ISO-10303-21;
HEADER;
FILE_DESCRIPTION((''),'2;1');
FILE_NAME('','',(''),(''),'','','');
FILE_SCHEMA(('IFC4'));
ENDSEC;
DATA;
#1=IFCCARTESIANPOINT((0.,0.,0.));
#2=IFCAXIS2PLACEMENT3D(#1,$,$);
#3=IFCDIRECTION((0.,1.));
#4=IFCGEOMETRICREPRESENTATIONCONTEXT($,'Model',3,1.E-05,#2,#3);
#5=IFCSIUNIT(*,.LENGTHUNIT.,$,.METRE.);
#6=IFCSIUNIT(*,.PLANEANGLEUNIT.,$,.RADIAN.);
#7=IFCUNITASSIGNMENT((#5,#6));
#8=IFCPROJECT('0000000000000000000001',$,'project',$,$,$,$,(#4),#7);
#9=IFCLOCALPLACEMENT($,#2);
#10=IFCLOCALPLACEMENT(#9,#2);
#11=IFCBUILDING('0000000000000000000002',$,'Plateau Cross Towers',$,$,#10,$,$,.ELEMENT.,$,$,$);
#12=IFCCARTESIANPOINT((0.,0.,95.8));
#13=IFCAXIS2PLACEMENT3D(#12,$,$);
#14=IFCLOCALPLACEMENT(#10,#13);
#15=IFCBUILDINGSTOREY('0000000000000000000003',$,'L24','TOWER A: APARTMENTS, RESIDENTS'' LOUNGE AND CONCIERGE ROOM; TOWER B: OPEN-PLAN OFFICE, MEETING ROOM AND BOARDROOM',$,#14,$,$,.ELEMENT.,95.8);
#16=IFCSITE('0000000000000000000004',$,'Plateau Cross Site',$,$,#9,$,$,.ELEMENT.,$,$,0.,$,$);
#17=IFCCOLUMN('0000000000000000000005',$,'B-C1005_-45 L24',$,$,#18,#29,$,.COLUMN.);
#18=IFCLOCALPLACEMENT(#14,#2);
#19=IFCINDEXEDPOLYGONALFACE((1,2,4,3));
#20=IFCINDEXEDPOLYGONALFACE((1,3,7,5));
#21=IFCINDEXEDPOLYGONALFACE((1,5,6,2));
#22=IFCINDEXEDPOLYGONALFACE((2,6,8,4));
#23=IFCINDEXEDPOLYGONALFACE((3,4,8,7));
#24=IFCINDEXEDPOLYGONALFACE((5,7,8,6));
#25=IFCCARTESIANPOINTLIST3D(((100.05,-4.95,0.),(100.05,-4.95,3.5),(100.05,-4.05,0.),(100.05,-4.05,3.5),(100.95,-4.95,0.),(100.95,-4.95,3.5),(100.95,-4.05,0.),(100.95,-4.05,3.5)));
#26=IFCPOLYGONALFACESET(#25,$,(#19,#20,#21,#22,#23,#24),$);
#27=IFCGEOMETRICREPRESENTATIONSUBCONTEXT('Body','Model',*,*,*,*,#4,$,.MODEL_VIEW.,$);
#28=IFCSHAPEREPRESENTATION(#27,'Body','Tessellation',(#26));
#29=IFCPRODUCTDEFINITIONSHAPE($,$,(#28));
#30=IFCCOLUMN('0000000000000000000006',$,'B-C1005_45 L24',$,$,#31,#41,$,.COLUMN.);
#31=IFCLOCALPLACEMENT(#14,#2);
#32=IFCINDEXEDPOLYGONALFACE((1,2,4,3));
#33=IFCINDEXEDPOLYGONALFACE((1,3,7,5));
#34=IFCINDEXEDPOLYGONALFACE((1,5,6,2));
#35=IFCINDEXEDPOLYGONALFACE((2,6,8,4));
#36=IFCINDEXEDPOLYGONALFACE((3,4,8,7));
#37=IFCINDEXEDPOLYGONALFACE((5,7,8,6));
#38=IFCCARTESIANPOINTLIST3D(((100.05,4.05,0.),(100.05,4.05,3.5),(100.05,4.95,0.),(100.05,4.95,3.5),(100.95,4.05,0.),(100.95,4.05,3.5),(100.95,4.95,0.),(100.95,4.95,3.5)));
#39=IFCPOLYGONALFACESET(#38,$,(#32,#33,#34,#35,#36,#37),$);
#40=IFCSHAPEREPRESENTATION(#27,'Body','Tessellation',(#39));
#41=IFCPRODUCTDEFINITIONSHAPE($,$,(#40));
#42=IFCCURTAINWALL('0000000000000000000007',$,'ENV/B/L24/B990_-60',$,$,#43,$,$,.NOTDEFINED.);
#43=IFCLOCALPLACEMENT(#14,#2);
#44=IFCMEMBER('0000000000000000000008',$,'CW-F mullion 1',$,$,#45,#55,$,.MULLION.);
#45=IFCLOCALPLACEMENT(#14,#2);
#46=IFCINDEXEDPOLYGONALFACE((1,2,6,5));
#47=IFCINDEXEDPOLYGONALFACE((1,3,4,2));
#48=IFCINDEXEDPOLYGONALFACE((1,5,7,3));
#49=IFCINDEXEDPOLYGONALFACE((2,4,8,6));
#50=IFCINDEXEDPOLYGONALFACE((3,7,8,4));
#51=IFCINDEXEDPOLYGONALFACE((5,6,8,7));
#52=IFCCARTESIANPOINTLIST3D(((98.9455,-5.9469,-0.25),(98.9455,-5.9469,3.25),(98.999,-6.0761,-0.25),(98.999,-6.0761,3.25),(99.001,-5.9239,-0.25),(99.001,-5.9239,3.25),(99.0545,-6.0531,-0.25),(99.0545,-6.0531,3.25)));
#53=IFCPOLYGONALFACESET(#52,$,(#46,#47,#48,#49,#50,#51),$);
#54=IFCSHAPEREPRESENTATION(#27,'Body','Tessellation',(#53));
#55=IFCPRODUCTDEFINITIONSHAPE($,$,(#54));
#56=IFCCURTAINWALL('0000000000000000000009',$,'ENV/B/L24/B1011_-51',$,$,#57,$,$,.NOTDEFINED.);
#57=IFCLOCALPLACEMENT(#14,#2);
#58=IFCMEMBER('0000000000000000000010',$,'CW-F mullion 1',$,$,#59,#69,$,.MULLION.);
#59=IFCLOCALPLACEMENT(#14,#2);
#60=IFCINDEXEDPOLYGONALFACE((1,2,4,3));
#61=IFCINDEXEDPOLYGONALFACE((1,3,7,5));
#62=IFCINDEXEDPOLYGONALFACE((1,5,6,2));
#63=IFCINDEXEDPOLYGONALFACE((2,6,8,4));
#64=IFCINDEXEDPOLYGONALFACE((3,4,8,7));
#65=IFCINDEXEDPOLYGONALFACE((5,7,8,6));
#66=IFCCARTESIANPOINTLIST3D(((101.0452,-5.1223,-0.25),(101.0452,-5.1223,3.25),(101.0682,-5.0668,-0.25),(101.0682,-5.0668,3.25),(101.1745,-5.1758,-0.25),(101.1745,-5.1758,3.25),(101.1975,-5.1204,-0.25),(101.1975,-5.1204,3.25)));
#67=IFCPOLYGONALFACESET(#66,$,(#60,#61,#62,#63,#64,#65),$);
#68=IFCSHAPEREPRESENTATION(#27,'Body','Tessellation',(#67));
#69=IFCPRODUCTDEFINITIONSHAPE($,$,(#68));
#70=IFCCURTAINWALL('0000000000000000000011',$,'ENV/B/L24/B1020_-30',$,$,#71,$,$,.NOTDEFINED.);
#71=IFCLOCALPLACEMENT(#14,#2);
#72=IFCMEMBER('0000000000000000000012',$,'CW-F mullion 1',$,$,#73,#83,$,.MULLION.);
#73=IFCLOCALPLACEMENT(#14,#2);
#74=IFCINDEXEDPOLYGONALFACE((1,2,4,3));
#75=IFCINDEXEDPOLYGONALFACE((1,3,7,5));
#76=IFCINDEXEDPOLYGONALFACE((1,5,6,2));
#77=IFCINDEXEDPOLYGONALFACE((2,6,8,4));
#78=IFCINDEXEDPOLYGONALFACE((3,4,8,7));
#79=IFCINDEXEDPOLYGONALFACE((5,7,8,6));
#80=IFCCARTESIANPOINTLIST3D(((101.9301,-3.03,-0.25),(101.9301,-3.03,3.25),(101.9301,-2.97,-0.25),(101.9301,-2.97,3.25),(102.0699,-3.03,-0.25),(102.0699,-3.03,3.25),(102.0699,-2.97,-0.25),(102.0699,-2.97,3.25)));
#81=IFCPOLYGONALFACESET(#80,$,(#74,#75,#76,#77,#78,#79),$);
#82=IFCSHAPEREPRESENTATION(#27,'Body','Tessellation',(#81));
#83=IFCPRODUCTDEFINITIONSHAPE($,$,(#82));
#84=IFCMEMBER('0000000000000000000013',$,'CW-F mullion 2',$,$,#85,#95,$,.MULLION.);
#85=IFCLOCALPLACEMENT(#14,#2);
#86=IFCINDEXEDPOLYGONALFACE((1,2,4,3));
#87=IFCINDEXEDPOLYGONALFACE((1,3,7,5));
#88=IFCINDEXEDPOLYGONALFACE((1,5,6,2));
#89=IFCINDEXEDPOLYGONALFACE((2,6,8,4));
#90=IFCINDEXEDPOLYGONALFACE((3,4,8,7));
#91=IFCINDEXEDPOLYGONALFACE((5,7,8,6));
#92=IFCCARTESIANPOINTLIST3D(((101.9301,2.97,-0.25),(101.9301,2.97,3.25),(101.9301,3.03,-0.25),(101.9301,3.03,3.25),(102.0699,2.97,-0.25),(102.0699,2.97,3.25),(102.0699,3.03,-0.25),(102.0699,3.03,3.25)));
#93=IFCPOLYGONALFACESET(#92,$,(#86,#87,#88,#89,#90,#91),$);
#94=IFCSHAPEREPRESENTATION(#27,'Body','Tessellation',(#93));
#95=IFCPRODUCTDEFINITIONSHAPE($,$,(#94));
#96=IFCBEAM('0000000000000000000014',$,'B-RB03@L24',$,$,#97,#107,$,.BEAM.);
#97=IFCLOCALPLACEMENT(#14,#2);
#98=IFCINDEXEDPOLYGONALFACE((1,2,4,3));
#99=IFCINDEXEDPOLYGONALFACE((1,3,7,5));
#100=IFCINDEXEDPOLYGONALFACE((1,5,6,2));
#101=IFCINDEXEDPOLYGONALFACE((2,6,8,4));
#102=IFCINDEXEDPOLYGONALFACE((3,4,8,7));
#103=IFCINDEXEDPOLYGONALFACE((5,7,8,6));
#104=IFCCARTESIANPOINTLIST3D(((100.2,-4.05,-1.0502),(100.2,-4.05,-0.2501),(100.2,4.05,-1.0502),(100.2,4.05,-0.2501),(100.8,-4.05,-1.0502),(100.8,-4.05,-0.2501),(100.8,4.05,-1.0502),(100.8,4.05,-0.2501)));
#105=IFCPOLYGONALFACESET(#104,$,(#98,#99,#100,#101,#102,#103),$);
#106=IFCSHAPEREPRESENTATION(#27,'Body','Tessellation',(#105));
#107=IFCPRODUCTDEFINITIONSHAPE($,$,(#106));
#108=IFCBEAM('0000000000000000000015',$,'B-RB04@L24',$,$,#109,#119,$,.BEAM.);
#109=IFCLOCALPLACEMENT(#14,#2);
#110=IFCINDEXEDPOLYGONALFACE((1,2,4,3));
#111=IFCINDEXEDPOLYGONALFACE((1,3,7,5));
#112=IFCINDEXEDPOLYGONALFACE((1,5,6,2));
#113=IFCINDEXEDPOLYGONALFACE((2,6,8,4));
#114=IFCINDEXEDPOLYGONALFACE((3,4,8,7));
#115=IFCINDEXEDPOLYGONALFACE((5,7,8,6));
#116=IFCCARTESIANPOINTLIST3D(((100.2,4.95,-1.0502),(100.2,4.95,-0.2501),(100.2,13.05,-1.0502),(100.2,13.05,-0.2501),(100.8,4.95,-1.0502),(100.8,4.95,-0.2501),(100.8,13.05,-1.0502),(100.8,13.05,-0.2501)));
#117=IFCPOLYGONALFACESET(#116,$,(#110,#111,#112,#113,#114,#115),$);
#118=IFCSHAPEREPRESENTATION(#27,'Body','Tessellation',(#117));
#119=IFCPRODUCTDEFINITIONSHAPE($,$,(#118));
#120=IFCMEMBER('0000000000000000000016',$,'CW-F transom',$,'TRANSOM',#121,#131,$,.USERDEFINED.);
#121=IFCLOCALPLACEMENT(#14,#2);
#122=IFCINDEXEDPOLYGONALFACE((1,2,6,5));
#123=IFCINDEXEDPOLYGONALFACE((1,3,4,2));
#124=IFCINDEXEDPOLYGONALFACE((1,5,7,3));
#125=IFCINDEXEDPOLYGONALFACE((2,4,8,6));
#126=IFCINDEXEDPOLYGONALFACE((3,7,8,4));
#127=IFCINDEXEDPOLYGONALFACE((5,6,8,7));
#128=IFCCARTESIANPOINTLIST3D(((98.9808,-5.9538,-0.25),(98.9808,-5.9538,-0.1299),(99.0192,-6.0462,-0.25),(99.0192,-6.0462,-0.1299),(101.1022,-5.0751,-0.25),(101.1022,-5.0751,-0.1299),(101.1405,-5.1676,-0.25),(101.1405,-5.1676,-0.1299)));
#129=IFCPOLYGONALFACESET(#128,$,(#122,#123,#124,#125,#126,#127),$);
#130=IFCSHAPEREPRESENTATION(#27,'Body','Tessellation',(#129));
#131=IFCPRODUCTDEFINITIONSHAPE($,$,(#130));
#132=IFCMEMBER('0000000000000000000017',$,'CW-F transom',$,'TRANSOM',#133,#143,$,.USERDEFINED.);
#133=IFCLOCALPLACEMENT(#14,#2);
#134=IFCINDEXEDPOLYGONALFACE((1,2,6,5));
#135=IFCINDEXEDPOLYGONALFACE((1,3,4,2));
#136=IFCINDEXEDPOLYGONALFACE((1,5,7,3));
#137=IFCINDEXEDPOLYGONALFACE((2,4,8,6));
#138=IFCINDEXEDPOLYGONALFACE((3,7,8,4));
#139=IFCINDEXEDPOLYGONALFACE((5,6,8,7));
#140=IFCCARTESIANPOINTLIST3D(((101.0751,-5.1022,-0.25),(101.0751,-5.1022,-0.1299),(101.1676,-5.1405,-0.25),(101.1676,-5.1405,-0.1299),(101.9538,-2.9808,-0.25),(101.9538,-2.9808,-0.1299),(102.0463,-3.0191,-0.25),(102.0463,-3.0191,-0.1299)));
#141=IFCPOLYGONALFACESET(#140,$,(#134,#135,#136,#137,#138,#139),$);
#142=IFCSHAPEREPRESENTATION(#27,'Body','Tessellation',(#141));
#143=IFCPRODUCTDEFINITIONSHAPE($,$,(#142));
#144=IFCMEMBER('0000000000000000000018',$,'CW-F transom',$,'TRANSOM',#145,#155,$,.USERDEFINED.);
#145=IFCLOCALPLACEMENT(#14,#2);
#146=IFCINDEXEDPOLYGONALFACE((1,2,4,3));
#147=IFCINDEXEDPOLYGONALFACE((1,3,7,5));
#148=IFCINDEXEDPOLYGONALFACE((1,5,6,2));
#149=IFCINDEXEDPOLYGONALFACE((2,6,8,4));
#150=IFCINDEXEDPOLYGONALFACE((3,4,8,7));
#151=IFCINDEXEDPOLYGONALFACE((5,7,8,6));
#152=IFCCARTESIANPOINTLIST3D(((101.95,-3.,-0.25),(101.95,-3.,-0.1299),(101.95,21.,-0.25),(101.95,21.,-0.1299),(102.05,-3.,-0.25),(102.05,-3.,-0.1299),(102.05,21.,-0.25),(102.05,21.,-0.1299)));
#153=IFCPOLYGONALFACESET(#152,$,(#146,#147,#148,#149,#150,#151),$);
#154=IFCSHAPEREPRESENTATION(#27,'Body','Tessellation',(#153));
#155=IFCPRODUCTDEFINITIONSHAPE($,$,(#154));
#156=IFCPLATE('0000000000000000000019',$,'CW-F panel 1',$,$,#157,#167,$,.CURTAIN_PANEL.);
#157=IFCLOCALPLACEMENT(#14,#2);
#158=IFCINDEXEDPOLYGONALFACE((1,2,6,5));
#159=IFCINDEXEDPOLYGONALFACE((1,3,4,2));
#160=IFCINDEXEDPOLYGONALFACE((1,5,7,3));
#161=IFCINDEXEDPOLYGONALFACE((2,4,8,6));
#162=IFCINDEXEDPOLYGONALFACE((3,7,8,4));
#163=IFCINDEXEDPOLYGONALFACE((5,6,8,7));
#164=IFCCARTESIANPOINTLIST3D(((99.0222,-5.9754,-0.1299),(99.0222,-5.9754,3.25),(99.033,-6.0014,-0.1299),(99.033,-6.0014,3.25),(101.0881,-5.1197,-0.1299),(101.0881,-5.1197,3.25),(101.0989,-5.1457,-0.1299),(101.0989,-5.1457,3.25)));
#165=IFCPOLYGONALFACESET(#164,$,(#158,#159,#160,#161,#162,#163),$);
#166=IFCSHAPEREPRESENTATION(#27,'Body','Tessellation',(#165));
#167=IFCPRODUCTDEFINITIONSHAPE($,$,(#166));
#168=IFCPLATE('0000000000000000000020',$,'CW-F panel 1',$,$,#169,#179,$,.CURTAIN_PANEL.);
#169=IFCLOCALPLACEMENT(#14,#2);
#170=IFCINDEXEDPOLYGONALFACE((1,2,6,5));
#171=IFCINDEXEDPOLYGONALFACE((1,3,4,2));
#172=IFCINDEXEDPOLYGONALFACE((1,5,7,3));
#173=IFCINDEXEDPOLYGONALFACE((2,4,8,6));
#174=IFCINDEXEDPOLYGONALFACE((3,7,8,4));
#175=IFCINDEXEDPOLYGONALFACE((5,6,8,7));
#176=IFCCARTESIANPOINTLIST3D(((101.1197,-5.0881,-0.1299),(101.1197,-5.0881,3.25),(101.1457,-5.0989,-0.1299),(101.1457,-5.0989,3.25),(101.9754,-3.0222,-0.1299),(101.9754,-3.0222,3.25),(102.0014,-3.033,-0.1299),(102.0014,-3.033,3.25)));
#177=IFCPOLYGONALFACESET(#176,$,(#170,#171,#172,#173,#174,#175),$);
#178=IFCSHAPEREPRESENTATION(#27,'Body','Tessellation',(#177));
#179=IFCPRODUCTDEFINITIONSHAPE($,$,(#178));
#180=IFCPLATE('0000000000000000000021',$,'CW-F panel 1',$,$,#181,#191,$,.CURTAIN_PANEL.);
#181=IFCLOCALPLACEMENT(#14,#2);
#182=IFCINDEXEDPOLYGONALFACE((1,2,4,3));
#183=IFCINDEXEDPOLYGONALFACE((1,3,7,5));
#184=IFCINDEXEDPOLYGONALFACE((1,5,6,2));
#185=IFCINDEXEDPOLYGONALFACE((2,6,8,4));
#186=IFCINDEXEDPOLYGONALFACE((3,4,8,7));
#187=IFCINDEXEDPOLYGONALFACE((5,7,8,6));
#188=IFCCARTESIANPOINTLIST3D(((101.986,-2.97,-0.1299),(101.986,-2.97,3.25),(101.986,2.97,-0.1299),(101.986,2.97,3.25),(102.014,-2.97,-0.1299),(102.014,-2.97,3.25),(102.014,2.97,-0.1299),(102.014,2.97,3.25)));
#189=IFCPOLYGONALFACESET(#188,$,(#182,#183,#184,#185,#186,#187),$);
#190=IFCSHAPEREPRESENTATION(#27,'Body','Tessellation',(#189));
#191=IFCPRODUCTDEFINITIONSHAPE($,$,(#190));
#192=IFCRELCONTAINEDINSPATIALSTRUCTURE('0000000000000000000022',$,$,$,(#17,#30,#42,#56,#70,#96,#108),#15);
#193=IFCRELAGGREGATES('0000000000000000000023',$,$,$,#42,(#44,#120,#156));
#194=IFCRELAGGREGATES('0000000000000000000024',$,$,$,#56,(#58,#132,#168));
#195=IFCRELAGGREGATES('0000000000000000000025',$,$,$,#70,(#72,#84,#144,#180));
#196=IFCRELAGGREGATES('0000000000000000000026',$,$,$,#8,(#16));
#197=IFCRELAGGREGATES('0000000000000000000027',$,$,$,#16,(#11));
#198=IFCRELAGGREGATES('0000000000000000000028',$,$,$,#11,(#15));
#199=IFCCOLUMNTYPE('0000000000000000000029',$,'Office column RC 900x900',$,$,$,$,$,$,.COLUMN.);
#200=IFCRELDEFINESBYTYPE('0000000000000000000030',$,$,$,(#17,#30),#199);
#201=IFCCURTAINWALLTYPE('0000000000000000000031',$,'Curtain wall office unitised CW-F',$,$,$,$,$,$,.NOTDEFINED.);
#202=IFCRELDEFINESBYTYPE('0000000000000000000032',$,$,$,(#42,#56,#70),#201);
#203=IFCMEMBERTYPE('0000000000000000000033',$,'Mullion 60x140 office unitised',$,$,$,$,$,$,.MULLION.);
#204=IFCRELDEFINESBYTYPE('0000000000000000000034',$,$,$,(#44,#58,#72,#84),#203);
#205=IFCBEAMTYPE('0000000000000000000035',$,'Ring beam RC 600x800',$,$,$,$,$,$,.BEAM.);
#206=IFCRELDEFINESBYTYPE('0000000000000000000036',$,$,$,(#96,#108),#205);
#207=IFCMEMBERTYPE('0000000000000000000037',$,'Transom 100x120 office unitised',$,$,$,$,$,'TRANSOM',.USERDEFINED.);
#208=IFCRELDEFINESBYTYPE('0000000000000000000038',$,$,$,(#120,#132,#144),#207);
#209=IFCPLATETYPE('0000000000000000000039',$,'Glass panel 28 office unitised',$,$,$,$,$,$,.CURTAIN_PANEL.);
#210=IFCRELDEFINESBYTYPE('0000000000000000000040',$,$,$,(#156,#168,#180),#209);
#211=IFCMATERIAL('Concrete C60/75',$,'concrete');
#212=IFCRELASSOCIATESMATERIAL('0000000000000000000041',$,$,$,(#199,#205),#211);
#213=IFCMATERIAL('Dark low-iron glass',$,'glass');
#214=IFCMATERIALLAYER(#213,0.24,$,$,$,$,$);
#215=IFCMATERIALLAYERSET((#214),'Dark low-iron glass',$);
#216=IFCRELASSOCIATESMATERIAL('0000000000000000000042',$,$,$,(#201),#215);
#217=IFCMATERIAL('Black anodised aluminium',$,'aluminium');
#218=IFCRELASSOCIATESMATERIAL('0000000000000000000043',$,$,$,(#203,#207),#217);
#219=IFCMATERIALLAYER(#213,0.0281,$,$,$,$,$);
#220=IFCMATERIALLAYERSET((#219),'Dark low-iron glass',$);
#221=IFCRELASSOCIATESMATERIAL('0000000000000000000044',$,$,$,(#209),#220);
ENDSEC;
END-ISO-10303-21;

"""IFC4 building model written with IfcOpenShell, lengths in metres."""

from ifc_helpers import new_model, si_unit, direction, frame, origin, origin_2d, place, context, subcontext, project, spatial, rectangle, extrude, material, layer, layer_set, material_profile, profile_set, type_object, element, aggregate, save


model = new_model("IFC4")

# Units and contexts
model_context = context("Model", 3, precision=1e-05, world=origin(), true_north=direction((0.0, 1.0)))
body_context = subcontext(model_context, "Body", "Model", "MODEL_VIEW")
ifc_project = project(units=[si_unit("LENGTHUNIT", "METRE"), si_unit("PLANEANGLEUNIT", "RADIAN")], contexts=[model_context])

# Site, building, storey
site_placement = place(None, origin())
site = spatial("IfcSite", under=ifc_project, at=site_placement, Name="Plateau Cross Site", CompositionType="ELEMENT", RefElevation=0.0)
building_placement = place(site_placement, origin())
building = spatial("IfcBuilding", under=site, at=building_placement, Name="Plateau Cross Towers", CompositionType="ELEMENT")
storey_placement = place(building_placement, frame((0.0, 0.0, 95.8)))
storey = spatial("IfcBuildingStorey", under=building, at=storey_placement, Name="L24", Description="TOWER A: APARTMENTS, RESIDENTS' LOUNGE AND CONCIERGE ROOM; TOWER B: OPEN-PLAN OFFICE, MEETING ROOM AND BOARDROOM", CompositionType="ELEMENT", Elevation=95.8)

# Columns
ifc_material_1 = material(Name="Concrete C60/75", Category="concrete")
ifc_material_profile_1 = material_profile(ifc_material_1, rectangle(XDim=0.8999, YDim=0.8999, at=origin_2d()), Name="RC 900x900")
ifc_profile_set_1 = profile_set([ifc_material_profile_1], Name="Concrete C60/75")
column_type = type_object("IfcColumnType", Name="Office column RC 900x900", PredefinedType="COLUMN", material=ifc_profile_set_1)
for number, where, z_axis, x_axis, name in (
    (1, (100.5, -4.5, 0.0), (0.0, 0.0, 1.0), (1.0, 0.0, 0.0), "B-C1005_-45 L24"),
    (2, (100.5, 4.5, 0.0), (0.0, 0.0, 1.0), (1.0, 0.0, 0.0), "B-C1005_45 L24"),
):
    element("IfcColumn", number, at=place(storey_placement, frame(where, z_axis=z_axis, x_axis=x_axis)), inside=storey, type_object=column_type, Name=name, PredefinedType="COLUMN", context=body_context, shape_type="SweptSolid", body=[
        extrude(rectangle(XDim=0.8999, YDim=0.8999, at=origin_2d()), origin(), (0.0, 0.0, 1.0), 3.5),
    ])

# Curtain walls, members
ifc_material_2 = material(Name="Dark low-iron glass", Category="glass")
ifc_layer_1 = layer(ifc_material_2, 0.24)
ifc_layer_set_1 = layer_set([ifc_layer_1], Name="Dark low-iron glass")
curtain_wall_type = type_object("IfcCurtainWallType", Name="Curtain wall office unitised CW-F", PredefinedType="NOTDEFINED", material=ifc_layer_set_1)
curtain_wall_1_placement = place(storey_placement, origin())
curtain_wall_1 = element("IfcCurtainWall", 3, at=curtain_wall_1_placement, inside=storey, type_object=curtain_wall_type, Name="ENV/B/L24/B990_-60", PredefinedType="NOTDEFINED")
ifc_material_3 = material(Name="Black anodised aluminium", Category="aluminium")
ifc_material_profile_2 = material_profile(ifc_material_3, rectangle(XDim=0.0601, YDim=0.1399, at=origin_2d()), Name="MULLION 60x140")
ifc_profile_set_2 = profile_set([ifc_material_profile_2], Name="Black anodised aluminium")
member_type_1 = type_object("IfcMemberType", Name="Mullion 60x140 office unitised", PredefinedType="MULLION", material=ifc_profile_set_2)
member_1_placement = place(storey_placement, frame((99.0, -6.0, -0.25), z_axis=(0.0, 0.0, 1.0), x_axis=(0.923879, 0.382684, 0.0)))
member_1 = element("IfcMember", 4, at=member_1_placement, type_object=member_type_1, Name="CW-F mullion 1", PredefinedType="MULLION", context=body_context, shape_type="SweptSolid", body=[
    extrude(rectangle(XDim=0.0601, YDim=0.1399, at=origin_2d()), origin(), (0.0, 0.0, 1.0), 3.5),
])
curtain_wall_2_placement = place(storey_placement, origin())
curtain_wall_2 = element("IfcCurtainWall", 5, at=curtain_wall_2_placement, inside=storey, type_object=curtain_wall_type, Name="ENV/B/L24/B1011_-51", PredefinedType="NOTDEFINED")
member_2_placement = place(storey_placement, frame((101.1213, -5.1213, -0.25), z_axis=(0.0, 0.0, 1.0), x_axis=(0.382684, 0.923879, 0.0)))
member_2 = element("IfcMember", 6, at=member_2_placement, type_object=member_type_1, Name="CW-F mullion 1", PredefinedType="MULLION", context=body_context, shape_type="SweptSolid", body=[
    extrude(rectangle(XDim=0.0601, YDim=0.1399, at=origin_2d()), origin(), (0.0, 0.0, 1.0), 3.5),
])

# Curtain wall, members
curtain_wall_3_placement = place(storey_placement, origin())
curtain_wall_3 = element("IfcCurtainWall", 7, at=curtain_wall_3_placement, inside=storey, type_object=curtain_wall_type, Name="ENV/B/L24/B1020_-30", PredefinedType="NOTDEFINED")
member_3_placement = place(storey_placement, frame((102.0, -3.0, -0.25), z_axis=(0.0, 0.0, 1.0), x_axis=(0.0, 1.0, 0.0)))
member_3 = element("IfcMember", 8, at=member_3_placement, type_object=member_type_1, Name="CW-F mullion 1", PredefinedType="MULLION", context=body_context, shape_type="SweptSolid", body=[
    extrude(rectangle(XDim=0.0601, YDim=0.1399, at=origin_2d()), origin(), (0.0, 0.0, 1.0), 3.5),
])
member_4_placement = place(storey_placement, frame((102.0, 3.0, -0.25), z_axis=(0.0, 0.0, 1.0), x_axis=(0.0, 1.0, 0.0)))
member_4 = element("IfcMember", 9, at=member_4_placement, type_object=member_type_1, Name="CW-F mullion 2", PredefinedType="MULLION", context=body_context, shape_type="SweptSolid", body=[
    extrude(rectangle(XDim=0.0601, YDim=0.1399, at=origin_2d()), origin(), (0.0, 0.0, 1.0), 3.5),
])

# Beams
ifc_material_profile_3 = material_profile(ifc_material_1, rectangle(XDim=0.6001, YDim=0.8, at=origin_2d()), Name="RC 600x800")
ifc_profile_set_3 = profile_set([ifc_material_profile_3], Name="Concrete C60/75")
beam_type = type_object("IfcBeamType", Name="Ring beam RC 600x800", PredefinedType="BEAM", material=ifc_profile_set_3)
for number, where, z_axis, x_axis, name in (
    (10, (100.5, -4.05, -0.6501), (0.0, 1.0, 0.0), (-1.0, 0.0, 0.0), "B-RB03@L24"),
    (11, (100.5, 4.95, -0.6501), (0.0, 1.0, 0.0), (-1.0, 0.0, 0.0), "B-RB04@L24"),
):
    element("IfcBeam", number, at=place(storey_placement, frame(where, z_axis=z_axis, x_axis=x_axis)), inside=storey, type_object=beam_type, Name=name, PredefinedType="BEAM", context=body_context, shape_type="SweptSolid", body=[
        extrude(rectangle(XDim=0.6001, YDim=0.8, at=origin_2d()), origin(), (0.0, 0.0, 1.0), 8.1001),
    ])

# Members
ifc_material_profile_4 = material_profile(ifc_material_3, rectangle(XDim=0.1001, YDim=0.1201, at=origin_2d()), Name="TRANSOM 100x120")
ifc_profile_set_4 = profile_set([ifc_material_profile_4], Name="Black anodised aluminium")
member_type_2 = type_object("IfcMemberType", Name="Transom 100x120 office unitised", ElementType="TRANSOM", PredefinedType="USERDEFINED", material=ifc_profile_set_4)
member_5_placement = place(storey_placement, frame((99.0, -6.0, -0.1899), z_axis=(0.923883, 0.382674, 0.0), x_axis=(-0.382674, 0.923883, 0.0)))
member_5 = element("IfcMember", 12, at=member_5_placement, type_object=member_type_2, Name="CW-F transom", ObjectType="TRANSOM", PredefinedType="USERDEFINED", context=body_context, shape_type="SweptSolid", body=[
    extrude(rectangle(XDim=0.1001, YDim=0.1201, at=origin_2d()), origin(), (0.0, 0.0, 1.0), 2.2961),
])
member_6_placement = place(storey_placement, frame((101.1213, -5.1213, -0.1899), z_axis=(0.382674, 0.923883, 0.0), x_axis=(-0.923883, 0.382674, 0.0)))
member_6 = element("IfcMember", 13, at=member_6_placement, type_object=member_type_2, Name="CW-F transom", ObjectType="TRANSOM", PredefinedType="USERDEFINED", context=body_context, shape_type="SweptSolid", body=[
    extrude(rectangle(XDim=0.1001, YDim=0.1201, at=origin_2d()), origin(), (0.0, 0.0, 1.0), 2.2961),
])
member_7_placement = place(storey_placement, frame((102.0, -3.0, -0.1899), z_axis=(0.0, 1.0, 0.0), x_axis=(-1.0, 0.0, 0.0)))
member_7 = element("IfcMember", 14, at=member_7_placement, type_object=member_type_2, Name="CW-F transom", ObjectType="TRANSOM", PredefinedType="USERDEFINED", context=body_context, shape_type="SweptSolid", body=[
    extrude(rectangle(XDim=0.1001, YDim=0.1201, at=origin_2d()), origin(), (0.0, 0.0, 1.0), 24.0),
])

# Plates
ifc_layer_2 = layer(ifc_material_2, 0.0281)
ifc_layer_set_2 = layer_set([ifc_layer_2], Name="Dark low-iron glass")
plate_type = type_object("IfcPlateType", Name="Glass panel 28 office unitised", PredefinedType="CURTAIN_PANEL", material=ifc_layer_set_2)
plate_1_placement = place(storey_placement, frame((100.0605, -5.5605, -0.1299), z_axis=(0.0, 0.0, 1.0), x_axis=(0.923879, 0.382684, 0.0)))
plate_1 = element("IfcPlate", 15, at=plate_1_placement, type_object=plate_type, Name="CW-F panel 1", PredefinedType="CURTAIN_PANEL", context=body_context, shape_type="SweptSolid", body=[
    extrude(rectangle(XDim=2.2361, YDim=0.0281, at=origin_2d()), origin(), (0.0, 0.0, 1.0), 3.3799),
])
aggregate(curtain_wall_1, [member_1, member_5, plate_1])
plate_2_placement = place(storey_placement, frame((101.5605, -4.0605, -0.1299), z_axis=(0.0, 0.0, 1.0), x_axis=(0.382684, 0.923879, 0.0)))
plate_2 = element("IfcPlate", 16, at=plate_2_placement, type_object=plate_type, Name="CW-F panel 1", PredefinedType="CURTAIN_PANEL", context=body_context, shape_type="SweptSolid", body=[
    extrude(rectangle(XDim=2.2361, YDim=0.0281, at=origin_2d()), origin(), (0.0, 0.0, 1.0), 3.3799),
])
aggregate(curtain_wall_2, [member_2, member_6, plate_2])
plate_3_placement = place(storey_placement, frame((102.0, 0.0, -0.1299), z_axis=(0.0, 0.0, 1.0), x_axis=(0.0, 1.0, 0.0)))
plate_3 = element("IfcPlate", 17, at=plate_3_placement, type_object=plate_type, Name="CW-F panel 1", PredefinedType="CURTAIN_PANEL", context=body_context, shape_type="SweptSolid", body=[
    extrude(rectangle(XDim=5.9399, YDim=0.0281, at=origin_2d()), origin(), (0.0, 0.0, 1.0), 3.3799),
])
aggregate(curtain_wall_3, [member_3, member_4, member_7, plate_3])

save(model, "model.ifc")
